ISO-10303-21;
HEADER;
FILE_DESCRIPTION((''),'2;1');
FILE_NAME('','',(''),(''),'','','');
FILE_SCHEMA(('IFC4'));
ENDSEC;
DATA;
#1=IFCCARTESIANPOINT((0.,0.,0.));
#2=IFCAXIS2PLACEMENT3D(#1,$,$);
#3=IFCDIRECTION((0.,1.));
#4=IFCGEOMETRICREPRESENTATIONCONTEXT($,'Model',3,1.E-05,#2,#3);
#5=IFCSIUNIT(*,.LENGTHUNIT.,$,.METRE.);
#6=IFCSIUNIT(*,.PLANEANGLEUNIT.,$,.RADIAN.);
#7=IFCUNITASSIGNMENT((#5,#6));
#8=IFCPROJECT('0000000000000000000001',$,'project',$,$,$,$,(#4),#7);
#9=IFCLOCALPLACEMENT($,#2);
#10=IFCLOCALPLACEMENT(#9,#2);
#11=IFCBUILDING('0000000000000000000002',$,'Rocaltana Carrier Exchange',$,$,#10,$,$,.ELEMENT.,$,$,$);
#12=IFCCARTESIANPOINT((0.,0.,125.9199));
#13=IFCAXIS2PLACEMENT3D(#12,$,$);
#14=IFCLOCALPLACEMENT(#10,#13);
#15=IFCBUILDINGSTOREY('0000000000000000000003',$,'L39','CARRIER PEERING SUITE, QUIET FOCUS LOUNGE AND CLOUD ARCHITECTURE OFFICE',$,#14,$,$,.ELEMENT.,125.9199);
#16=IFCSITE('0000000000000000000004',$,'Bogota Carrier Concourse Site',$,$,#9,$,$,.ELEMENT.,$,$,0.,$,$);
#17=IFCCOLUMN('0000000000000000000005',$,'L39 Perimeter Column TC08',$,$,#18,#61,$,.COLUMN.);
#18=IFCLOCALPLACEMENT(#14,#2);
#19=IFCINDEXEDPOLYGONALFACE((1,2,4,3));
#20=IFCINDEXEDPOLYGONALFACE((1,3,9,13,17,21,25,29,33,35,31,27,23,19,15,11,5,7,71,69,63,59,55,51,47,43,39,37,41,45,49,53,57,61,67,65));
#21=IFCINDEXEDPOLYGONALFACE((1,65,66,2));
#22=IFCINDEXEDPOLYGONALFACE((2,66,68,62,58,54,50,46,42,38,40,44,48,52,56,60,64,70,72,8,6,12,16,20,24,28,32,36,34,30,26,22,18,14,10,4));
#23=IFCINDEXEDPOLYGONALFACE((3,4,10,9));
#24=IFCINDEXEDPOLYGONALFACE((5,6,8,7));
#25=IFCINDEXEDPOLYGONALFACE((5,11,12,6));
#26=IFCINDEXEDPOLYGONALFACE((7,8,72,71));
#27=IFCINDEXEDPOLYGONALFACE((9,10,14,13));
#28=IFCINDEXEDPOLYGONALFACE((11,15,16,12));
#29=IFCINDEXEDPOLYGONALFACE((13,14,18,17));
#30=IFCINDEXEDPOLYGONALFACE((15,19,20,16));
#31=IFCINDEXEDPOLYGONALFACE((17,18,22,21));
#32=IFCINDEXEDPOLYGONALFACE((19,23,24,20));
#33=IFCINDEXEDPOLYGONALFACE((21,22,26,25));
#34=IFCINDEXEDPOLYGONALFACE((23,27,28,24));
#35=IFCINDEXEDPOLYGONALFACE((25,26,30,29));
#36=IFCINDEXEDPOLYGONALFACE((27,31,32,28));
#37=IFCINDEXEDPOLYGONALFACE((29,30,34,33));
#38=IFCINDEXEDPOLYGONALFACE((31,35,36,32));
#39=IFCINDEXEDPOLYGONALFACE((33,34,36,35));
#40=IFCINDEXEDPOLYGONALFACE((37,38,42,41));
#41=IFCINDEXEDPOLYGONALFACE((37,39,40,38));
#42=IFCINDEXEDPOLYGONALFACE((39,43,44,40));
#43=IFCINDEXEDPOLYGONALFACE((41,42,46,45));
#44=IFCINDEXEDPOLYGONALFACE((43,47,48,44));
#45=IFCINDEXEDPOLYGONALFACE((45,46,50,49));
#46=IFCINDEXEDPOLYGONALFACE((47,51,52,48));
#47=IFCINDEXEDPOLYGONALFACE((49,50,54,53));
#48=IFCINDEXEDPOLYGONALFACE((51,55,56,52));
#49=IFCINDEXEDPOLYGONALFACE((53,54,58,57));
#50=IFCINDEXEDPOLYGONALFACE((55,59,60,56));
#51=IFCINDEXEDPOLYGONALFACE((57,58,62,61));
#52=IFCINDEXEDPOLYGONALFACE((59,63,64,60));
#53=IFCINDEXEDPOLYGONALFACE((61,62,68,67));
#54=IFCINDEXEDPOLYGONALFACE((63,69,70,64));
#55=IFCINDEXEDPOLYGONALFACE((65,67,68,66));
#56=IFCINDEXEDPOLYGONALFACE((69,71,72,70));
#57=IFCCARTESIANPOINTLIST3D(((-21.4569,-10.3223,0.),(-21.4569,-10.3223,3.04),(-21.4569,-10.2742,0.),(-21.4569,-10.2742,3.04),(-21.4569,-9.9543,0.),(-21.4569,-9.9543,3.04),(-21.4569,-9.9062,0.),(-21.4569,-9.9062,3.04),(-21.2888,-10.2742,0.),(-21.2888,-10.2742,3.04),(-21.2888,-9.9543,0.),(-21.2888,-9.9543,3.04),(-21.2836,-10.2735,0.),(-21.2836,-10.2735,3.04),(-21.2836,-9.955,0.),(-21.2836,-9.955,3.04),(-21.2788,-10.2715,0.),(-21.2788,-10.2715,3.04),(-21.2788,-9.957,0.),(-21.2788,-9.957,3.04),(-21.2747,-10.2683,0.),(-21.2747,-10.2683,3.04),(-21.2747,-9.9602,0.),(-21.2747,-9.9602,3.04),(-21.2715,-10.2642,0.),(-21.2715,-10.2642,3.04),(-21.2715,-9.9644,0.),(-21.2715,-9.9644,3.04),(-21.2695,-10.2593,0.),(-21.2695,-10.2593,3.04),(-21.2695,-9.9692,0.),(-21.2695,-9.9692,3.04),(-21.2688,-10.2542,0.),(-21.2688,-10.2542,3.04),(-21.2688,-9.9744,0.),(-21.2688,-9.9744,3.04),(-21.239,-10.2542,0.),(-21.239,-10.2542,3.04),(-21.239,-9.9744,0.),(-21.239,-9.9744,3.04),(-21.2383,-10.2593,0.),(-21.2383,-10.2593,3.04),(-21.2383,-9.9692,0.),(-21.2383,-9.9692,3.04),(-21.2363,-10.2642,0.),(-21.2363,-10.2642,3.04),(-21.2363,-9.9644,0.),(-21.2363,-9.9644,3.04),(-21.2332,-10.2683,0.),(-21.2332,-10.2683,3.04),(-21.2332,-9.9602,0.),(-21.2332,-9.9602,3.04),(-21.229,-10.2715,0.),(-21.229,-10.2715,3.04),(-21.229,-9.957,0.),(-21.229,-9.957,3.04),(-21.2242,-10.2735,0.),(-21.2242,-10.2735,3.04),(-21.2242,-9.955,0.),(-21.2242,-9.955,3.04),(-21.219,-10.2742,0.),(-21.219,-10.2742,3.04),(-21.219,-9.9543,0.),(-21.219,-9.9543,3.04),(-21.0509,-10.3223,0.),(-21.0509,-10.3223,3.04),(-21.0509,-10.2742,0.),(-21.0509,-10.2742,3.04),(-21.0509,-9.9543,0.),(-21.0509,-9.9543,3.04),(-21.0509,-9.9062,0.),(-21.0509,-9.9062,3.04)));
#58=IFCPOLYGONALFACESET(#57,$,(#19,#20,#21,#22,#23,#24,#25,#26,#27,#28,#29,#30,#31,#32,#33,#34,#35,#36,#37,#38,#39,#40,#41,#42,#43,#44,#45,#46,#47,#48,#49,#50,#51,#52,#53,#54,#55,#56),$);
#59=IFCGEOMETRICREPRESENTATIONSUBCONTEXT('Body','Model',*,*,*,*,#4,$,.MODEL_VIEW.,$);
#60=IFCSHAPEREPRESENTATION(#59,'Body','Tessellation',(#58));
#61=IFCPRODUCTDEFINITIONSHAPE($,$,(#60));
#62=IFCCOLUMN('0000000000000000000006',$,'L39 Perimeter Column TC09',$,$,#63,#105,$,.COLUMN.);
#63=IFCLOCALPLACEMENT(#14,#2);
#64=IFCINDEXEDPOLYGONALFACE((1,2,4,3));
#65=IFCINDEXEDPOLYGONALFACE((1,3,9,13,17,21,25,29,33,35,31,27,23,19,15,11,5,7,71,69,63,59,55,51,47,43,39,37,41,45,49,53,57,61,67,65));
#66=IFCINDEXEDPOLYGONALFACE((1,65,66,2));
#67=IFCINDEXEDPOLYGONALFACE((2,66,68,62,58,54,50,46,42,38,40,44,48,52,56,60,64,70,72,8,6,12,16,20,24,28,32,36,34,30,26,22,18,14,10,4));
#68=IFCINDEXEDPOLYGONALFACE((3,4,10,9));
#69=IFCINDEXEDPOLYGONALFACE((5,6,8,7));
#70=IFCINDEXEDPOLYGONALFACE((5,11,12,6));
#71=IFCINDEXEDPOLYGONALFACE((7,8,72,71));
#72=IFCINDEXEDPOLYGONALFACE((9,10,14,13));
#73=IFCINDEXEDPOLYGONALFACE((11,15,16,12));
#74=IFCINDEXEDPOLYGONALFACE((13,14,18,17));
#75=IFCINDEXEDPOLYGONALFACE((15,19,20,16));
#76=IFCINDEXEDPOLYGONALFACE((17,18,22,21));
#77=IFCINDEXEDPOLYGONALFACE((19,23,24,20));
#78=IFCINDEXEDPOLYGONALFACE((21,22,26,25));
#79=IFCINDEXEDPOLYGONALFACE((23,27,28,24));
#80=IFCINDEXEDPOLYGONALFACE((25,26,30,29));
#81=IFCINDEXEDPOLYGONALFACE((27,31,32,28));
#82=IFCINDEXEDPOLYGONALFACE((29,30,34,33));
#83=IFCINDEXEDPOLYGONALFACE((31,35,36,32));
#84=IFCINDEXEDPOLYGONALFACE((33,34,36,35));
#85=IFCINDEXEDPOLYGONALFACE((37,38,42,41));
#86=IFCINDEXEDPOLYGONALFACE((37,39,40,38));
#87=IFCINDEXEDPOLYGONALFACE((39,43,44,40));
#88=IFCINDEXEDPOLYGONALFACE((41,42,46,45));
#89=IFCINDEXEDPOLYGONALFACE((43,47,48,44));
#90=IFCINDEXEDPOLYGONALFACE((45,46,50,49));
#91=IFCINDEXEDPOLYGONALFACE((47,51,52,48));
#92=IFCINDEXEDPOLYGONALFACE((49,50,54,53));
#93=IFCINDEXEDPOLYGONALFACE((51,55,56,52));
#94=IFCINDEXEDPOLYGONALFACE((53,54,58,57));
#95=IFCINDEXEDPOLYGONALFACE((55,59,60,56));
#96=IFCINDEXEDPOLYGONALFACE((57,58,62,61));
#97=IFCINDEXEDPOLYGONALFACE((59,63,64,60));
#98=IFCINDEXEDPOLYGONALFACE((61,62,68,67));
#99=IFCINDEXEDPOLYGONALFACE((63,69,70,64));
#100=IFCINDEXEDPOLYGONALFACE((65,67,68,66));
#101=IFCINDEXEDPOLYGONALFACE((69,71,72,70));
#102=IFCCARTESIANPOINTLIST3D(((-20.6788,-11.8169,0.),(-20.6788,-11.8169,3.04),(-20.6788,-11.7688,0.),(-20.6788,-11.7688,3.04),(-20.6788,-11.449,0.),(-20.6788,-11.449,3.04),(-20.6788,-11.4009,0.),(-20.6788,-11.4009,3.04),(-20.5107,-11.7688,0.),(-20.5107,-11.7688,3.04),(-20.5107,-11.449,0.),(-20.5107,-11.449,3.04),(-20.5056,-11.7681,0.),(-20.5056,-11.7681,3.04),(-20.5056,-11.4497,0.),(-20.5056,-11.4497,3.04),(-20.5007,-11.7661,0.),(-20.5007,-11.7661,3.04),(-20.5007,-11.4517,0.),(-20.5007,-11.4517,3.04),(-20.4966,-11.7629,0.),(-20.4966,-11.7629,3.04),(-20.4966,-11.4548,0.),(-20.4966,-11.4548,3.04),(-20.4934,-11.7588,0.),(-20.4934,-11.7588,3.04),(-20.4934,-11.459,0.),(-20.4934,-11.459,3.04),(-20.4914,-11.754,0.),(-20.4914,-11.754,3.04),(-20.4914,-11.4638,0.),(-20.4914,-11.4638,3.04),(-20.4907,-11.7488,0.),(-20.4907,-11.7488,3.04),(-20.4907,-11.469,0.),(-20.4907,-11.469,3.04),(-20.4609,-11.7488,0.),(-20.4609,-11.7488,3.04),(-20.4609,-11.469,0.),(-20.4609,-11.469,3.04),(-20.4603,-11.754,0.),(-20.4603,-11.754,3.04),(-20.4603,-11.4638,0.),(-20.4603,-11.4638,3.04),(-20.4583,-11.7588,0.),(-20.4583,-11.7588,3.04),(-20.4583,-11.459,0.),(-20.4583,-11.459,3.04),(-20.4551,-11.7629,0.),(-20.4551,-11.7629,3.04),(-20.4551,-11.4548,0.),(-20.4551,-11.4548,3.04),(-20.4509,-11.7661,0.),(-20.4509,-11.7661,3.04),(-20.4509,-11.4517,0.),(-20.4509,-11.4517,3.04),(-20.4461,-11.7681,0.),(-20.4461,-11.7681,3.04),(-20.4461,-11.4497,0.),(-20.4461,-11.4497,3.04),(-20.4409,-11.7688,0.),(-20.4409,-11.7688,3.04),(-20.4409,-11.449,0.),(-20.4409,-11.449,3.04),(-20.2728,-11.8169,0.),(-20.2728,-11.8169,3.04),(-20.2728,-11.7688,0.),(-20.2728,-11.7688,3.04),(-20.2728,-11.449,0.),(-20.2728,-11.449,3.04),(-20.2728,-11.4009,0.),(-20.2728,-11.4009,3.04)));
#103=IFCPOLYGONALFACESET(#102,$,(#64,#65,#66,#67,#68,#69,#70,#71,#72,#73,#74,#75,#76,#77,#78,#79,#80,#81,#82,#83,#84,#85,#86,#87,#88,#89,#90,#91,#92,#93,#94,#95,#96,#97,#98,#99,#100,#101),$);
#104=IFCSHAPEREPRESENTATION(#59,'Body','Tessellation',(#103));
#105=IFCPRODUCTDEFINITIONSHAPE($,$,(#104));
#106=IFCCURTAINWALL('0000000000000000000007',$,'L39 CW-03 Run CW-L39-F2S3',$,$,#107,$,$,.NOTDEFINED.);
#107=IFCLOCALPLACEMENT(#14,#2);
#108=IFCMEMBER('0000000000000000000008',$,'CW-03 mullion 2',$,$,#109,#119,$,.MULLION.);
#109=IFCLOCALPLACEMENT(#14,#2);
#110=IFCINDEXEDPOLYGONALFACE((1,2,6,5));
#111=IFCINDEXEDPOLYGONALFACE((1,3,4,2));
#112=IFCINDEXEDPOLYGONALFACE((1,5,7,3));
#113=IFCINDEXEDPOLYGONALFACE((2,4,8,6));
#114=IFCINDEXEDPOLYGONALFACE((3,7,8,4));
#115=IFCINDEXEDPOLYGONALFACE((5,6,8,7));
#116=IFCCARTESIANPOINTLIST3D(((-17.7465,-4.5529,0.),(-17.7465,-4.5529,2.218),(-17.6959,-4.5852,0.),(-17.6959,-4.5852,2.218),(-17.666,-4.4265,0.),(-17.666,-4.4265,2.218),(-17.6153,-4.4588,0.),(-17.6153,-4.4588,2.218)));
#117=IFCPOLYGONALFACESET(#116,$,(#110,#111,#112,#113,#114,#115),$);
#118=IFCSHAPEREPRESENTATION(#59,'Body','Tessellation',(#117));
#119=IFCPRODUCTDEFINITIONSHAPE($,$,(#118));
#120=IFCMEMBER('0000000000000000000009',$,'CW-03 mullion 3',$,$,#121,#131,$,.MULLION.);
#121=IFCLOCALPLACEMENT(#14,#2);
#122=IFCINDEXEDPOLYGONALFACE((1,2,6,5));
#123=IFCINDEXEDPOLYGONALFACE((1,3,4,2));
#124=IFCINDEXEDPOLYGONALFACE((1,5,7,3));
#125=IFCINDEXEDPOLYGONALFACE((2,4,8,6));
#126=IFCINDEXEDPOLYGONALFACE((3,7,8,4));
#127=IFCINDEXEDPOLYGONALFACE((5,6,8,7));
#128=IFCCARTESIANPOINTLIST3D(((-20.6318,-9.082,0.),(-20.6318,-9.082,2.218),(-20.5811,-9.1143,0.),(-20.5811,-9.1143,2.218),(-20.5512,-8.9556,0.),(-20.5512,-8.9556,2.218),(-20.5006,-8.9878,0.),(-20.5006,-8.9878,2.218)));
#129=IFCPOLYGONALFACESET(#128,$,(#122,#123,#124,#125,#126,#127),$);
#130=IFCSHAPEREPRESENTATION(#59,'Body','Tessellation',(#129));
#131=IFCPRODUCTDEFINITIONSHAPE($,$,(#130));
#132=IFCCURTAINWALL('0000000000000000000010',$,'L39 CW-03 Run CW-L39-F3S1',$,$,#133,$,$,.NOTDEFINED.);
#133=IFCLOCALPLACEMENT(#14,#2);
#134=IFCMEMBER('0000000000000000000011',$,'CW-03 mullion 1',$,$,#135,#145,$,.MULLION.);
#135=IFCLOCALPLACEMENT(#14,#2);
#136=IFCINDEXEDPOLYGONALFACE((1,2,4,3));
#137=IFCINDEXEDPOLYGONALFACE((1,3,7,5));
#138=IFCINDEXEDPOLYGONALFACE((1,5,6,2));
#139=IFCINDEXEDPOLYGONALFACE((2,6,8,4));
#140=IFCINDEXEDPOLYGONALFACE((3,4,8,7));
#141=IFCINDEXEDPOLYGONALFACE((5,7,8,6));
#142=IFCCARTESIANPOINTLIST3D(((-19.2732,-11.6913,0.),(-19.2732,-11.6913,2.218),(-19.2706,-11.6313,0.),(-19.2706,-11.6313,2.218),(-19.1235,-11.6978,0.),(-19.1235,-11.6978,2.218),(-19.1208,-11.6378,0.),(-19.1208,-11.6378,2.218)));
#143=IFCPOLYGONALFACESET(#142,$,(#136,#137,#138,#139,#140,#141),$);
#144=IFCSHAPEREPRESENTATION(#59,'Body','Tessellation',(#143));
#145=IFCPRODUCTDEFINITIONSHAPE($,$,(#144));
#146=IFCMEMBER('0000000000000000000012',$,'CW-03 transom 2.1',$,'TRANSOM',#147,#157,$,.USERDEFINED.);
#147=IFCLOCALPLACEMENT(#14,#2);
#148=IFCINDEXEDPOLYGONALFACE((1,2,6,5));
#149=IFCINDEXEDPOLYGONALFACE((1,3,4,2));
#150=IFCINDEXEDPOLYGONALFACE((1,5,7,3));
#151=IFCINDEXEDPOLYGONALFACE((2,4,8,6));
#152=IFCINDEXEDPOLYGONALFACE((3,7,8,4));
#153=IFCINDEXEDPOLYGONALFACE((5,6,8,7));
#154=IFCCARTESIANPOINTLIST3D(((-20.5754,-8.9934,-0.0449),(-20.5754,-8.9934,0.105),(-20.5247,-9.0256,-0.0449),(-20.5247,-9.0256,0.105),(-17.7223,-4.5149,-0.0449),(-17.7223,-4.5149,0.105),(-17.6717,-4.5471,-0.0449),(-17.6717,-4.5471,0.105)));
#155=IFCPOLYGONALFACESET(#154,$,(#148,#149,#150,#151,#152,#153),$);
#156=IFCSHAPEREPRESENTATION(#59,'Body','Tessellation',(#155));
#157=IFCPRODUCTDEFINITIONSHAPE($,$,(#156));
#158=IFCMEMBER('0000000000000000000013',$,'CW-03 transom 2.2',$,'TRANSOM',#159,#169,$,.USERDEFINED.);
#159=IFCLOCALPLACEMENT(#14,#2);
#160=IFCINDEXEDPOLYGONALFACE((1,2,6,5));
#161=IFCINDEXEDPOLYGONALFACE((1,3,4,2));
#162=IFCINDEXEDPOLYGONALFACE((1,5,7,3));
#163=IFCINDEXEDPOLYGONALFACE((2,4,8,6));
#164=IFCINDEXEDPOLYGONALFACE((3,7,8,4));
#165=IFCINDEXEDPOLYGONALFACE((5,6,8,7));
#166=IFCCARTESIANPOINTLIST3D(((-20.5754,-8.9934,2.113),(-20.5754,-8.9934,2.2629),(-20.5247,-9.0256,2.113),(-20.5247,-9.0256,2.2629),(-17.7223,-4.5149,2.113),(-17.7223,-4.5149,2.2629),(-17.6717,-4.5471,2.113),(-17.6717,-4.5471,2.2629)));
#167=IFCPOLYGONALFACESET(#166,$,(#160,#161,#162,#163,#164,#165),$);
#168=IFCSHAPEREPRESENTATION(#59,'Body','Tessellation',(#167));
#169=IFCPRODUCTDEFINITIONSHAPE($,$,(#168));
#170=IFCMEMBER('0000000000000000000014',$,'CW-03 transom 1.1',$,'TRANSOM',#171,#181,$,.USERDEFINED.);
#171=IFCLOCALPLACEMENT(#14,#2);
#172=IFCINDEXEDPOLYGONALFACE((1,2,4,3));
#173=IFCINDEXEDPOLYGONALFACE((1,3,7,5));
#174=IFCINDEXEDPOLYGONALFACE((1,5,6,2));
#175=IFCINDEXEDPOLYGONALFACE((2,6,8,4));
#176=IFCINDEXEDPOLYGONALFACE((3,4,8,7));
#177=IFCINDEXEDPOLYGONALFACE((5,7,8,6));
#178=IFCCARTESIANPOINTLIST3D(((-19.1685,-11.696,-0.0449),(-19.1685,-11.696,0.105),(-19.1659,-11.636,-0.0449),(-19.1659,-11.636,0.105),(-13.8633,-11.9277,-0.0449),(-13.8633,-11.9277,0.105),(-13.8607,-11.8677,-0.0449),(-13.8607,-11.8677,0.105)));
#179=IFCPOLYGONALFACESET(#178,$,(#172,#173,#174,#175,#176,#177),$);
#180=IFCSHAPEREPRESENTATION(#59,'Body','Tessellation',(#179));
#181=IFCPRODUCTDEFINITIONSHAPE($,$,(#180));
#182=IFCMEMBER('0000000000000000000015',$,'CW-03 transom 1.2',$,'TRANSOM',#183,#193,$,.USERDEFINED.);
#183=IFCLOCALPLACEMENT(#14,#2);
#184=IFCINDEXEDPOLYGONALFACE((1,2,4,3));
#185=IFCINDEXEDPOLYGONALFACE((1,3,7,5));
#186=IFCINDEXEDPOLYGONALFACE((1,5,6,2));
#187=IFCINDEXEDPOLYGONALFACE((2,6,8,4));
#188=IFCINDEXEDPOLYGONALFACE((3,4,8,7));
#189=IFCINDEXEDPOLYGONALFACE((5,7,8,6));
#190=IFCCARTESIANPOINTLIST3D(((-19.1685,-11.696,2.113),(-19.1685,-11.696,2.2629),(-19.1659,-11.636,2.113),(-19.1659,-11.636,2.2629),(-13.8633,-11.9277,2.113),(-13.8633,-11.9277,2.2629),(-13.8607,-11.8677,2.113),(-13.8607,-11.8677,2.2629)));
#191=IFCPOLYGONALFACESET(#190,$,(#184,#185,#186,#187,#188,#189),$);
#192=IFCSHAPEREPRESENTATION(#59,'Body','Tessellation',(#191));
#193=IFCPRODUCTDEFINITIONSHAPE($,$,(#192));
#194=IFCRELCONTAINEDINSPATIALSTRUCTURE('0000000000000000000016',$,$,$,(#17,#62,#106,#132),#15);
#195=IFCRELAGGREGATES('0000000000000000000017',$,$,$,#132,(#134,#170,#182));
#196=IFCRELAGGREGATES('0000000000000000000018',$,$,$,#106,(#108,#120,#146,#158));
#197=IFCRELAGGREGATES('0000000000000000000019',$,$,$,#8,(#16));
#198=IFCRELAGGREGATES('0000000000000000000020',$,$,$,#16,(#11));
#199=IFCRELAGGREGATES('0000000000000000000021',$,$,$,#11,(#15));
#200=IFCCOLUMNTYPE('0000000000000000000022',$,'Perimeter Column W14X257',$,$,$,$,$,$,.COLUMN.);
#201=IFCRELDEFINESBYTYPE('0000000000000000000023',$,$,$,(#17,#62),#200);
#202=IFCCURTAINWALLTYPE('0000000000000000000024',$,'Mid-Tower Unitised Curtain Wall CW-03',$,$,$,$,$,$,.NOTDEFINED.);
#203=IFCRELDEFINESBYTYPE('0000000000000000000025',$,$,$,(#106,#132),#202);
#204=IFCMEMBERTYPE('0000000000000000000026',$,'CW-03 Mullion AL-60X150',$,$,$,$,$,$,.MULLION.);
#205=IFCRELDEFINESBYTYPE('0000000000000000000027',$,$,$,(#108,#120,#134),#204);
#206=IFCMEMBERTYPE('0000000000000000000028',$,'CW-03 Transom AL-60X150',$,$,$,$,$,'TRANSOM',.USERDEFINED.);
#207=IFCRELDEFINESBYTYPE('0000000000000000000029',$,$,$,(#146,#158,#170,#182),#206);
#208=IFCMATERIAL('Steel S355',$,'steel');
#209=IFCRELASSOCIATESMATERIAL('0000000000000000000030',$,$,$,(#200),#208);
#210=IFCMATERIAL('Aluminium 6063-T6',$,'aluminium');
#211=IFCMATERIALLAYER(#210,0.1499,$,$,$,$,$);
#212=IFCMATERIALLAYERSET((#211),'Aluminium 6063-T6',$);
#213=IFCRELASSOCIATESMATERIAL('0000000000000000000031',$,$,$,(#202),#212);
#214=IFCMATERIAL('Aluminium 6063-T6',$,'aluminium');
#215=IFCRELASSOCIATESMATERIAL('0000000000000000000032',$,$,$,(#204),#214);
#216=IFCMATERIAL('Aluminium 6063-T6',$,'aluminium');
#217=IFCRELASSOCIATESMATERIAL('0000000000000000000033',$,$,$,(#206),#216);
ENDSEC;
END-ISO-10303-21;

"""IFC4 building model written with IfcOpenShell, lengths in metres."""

from ifc_helpers import new_model, si_unit, direction, frame, origin, origin_2d, place, context, subcontext, project, spatial, rectangle, i_section, extrude, material, layer, layer_set, material_profile, profile_set, type_object, element, aggregate, save


model = new_model("IFC4")

# Units and contexts
model_context = context("Model", 3, precision=1e-05, world=origin(), true_north=direction((0.0, 1.0)))
body_context = subcontext(model_context, "Body", "Model", "MODEL_VIEW")
ifc_project = project(units=[si_unit("LENGTHUNIT", "METRE"), si_unit("PLANEANGLEUNIT", "RADIAN")], contexts=[model_context])

# Site, building, storey
site_placement = place(None, origin())
site = spatial("IfcSite", under=ifc_project, at=site_placement, Name="Bogota Carrier Concourse Site", CompositionType="ELEMENT", RefElevation=0.0)
building_placement = place(site_placement, origin())
building = spatial("IfcBuilding", under=site, at=building_placement, Name="Rocaltana Carrier Exchange", CompositionType="ELEMENT")
storey_placement = place(building_placement, frame((0.0, 0.0, 125.9199)))
storey = spatial("IfcBuildingStorey", under=building, at=storey_placement, Name="L39", Description="CARRIER PEERING SUITE, QUIET FOCUS LOUNGE AND CLOUD ARCHITECTURE OFFICE", CompositionType="ELEMENT", Elevation=125.9199)

# Columns
ifc_material_1 = material(Name="Steel S355", Category="steel")
ifc_material_profile_1 = material_profile(ifc_material_1, i_section(OverallWidth=0.406, OverallDepth=0.416, WebThickness=0.0298, FlangeThickness=0.0481, FilletRadius=0.02, at=origin_2d()), Name="W14X257")
ifc_profile_set_1 = profile_set([ifc_material_profile_1], Name="Steel S355")
column_type = type_object("IfcColumnType", Name="Perimeter Column W14X257", PredefinedType="COLUMN", material=ifc_profile_set_1)
for number, where, z_axis, x_axis, name in (
    (1, (-21.2539, -10.1143, 0.0), (0.0, 0.0, 1.0), (1.0, 0.0, 0.0), "L39 Perimeter Column TC08"),
    (2, (-20.4758, -11.6089, 0.0), (0.0, 0.0, 1.0), (1.0, 0.0, 0.0), "L39 Perimeter Column TC09"),
):
    element("IfcColumn", number, at=place(storey_placement, frame(where, z_axis=z_axis, x_axis=x_axis)), inside=storey, type_object=column_type, Name=name, PredefinedType="COLUMN", context=body_context, shape_type="SweptSolid", body=[
        extrude(i_section(OverallWidth=0.406, OverallDepth=0.416, WebThickness=0.0298, FlangeThickness=0.0481, FilletRadius=0.02, at=origin_2d()), origin(), (0.0, 0.0, 1.0), 3.04),
    ])

# Curtain wall, members
ifc_material_2 = material(Name="Aluminium 6063-T6", Category="aluminium")
ifc_layer_1 = layer(ifc_material_2, 0.1499)
ifc_layer_set_1 = layer_set([ifc_layer_1], Name="Aluminium 6063-T6")
curtain_wall_type = type_object("IfcCurtainWallType", Name="Mid-Tower Unitised Curtain Wall CW-03", PredefinedType="NOTDEFINED", material=ifc_layer_set_1)
curtain_wall_1_placement = place(storey_placement, origin())
curtain_wall_1 = element("IfcCurtainWall", 3, at=curtain_wall_1_placement, inside=storey, type_object=curtain_wall_type, Name="L39 CW-03 Run CW-L39-F2S3", PredefinedType="NOTDEFINED")
ifc_material_3 = material(Name="Aluminium 6063-T6", Category="aluminium")
ifc_material_profile_2 = material_profile(ifc_material_3, rectangle(XDim=0.0601, YDim=0.1499, at=origin_2d()), Name="AL-60X150")
ifc_profile_set_2 = profile_set([ifc_material_profile_2], Name="Aluminium 6063-T6")
member_type_1 = type_object("IfcMemberType", Name="CW-03 Mullion AL-60X150", PredefinedType="MULLION", material=ifc_profile_set_2)
member_1_placement = place(storey_placement, frame((-17.6809, -4.5059, 0.0), z_axis=(0.0, 0.0, 1.0), x_axis=(0.843391, -0.537301, 0.0)))
member_1 = element("IfcMember", 4, at=member_1_placement, type_object=member_type_1, Name="CW-03 mullion 2", PredefinedType="MULLION", context=body_context, shape_type="SweptSolid", body=[
    extrude(rectangle(XDim=0.0601, YDim=0.1499, at=origin_2d()), origin(), (0.0, 0.0, 1.0), 2.218),
])
member_2_placement = place(storey_placement, frame((-20.5662, -9.0349, 0.0), z_axis=(0.0, 0.0, 1.0), x_axis=(0.843391, -0.537301, 0.0)))
member_2 = element("IfcMember", 5, at=member_2_placement, type_object=member_type_1, Name="CW-03 mullion 3", PredefinedType="MULLION", context=body_context, shape_type="SweptSolid", body=[
    extrude(rectangle(XDim=0.0601, YDim=0.1499, at=origin_2d()), origin(), (0.0, 0.0, 1.0), 2.218),
])

# Curtain wall, member
curtain_wall_2_placement = place(storey_placement, origin())
curtain_wall_2 = element("IfcCurtainWall", 6, at=curtain_wall_2_placement, inside=storey, type_object=curtain_wall_type, Name="L39 CW-03 Run CW-L39-F3S1", PredefinedType="NOTDEFINED")
member_3_placement = place(storey_placement, frame((-19.197, -11.6646, 0.0), z_axis=(0.0, 0.0, 1.0), x_axis=(0.043629, 0.999048, 0.0)))
member_3 = element("IfcMember", 7, at=member_3_placement, type_object=member_type_1, Name="CW-03 mullion 1", PredefinedType="MULLION", context=body_context, shape_type="SweptSolid", body=[
    extrude(rectangle(XDim=0.0601, YDim=0.1499, at=origin_2d()), origin(), (0.0, 0.0, 1.0), 2.218),
])

# Members
ifc_material_4 = material(Name="Aluminium 6063-T6", Category="aluminium")
ifc_material_profile_3 = material_profile(ifc_material_4, rectangle(XDim=0.0601, YDim=0.1499, at=origin_2d()), Name="AL-60X150")
ifc_profile_set_3 = profile_set([ifc_material_profile_3], Name="Aluminium 6063-T6")
member_type_2 = type_object("IfcMemberType", Name="CW-03 Transom AL-60X150", ElementType="TRANSOM", PredefinedType="USERDEFINED", material=ifc_profile_set_3)
member_4_placement = place(storey_placement, frame((-17.697, -4.531, 0.03), z_axis=(-0.537286, -0.8434, 0.0), x_axis=(0.8434, -0.537286, 0.0)))
member_4 = element("IfcMember", 8, at=member_4_placement, type_object=member_type_2, Name="CW-03 transom 2.1", ObjectType="TRANSOM", PredefinedType="USERDEFINED", context=body_context, shape_type="SweptSolid", body=[
    extrude(rectangle(XDim=0.0601, YDim=0.1499, at=origin_2d()), origin(), (0.0, 0.0, 1.0), 5.3101),
])
member_5_placement = place(storey_placement, frame((-17.697, -4.531, 2.188), z_axis=(-0.537286, -0.8434, 0.0), x_axis=(0.8434, -0.537286, 0.0)))
member_5 = element("IfcMember", 9, at=member_5_placement, type_object=member_type_2, Name="CW-03 transom 2.2", ObjectType="TRANSOM", PredefinedType="USERDEFINED", context=body_context, shape_type="SweptSolid", body=[
    extrude(rectangle(XDim=0.0601, YDim=0.1499, at=origin_2d()), origin(), (0.0, 0.0, 1.0), 5.3101),
])
member_6_placement = place(storey_placement, frame((-19.1672, -11.666, 0.03), z_axis=(0.999048, -0.043631, 0.0), x_axis=(0.043631, 0.999048, 0.0)))
member_6 = element("IfcMember", 10, at=member_6_placement, type_object=member_type_2, Name="CW-03 transom 1.1", ObjectType="TRANSOM", PredefinedType="USERDEFINED", context=body_context, shape_type="SweptSolid", body=[
    extrude(rectangle(XDim=0.0601, YDim=0.1499, at=origin_2d()), origin(), (0.0, 0.0, 1.0), 5.3103),
])
member_7_placement = place(storey_placement, frame((-19.1672, -11.666, 2.188), z_axis=(0.999048, -0.043631, 0.0), x_axis=(0.043631, 0.999048, 0.0)))
member_7 = element("IfcMember", 11, at=member_7_placement, type_object=member_type_2, Name="CW-03 transom 1.2", ObjectType="TRANSOM", PredefinedType="USERDEFINED", context=body_context, shape_type="SweptSolid", body=[
    extrude(rectangle(XDim=0.0601, YDim=0.1499, at=origin_2d()), origin(), (0.0, 0.0, 1.0), 5.3103),
])
aggregate(curtain_wall_2, [member_3, member_6, member_7])

aggregate(curtain_wall_1, [member_1, member_2, member_4, member_5])

save(model, "model.ifc")
